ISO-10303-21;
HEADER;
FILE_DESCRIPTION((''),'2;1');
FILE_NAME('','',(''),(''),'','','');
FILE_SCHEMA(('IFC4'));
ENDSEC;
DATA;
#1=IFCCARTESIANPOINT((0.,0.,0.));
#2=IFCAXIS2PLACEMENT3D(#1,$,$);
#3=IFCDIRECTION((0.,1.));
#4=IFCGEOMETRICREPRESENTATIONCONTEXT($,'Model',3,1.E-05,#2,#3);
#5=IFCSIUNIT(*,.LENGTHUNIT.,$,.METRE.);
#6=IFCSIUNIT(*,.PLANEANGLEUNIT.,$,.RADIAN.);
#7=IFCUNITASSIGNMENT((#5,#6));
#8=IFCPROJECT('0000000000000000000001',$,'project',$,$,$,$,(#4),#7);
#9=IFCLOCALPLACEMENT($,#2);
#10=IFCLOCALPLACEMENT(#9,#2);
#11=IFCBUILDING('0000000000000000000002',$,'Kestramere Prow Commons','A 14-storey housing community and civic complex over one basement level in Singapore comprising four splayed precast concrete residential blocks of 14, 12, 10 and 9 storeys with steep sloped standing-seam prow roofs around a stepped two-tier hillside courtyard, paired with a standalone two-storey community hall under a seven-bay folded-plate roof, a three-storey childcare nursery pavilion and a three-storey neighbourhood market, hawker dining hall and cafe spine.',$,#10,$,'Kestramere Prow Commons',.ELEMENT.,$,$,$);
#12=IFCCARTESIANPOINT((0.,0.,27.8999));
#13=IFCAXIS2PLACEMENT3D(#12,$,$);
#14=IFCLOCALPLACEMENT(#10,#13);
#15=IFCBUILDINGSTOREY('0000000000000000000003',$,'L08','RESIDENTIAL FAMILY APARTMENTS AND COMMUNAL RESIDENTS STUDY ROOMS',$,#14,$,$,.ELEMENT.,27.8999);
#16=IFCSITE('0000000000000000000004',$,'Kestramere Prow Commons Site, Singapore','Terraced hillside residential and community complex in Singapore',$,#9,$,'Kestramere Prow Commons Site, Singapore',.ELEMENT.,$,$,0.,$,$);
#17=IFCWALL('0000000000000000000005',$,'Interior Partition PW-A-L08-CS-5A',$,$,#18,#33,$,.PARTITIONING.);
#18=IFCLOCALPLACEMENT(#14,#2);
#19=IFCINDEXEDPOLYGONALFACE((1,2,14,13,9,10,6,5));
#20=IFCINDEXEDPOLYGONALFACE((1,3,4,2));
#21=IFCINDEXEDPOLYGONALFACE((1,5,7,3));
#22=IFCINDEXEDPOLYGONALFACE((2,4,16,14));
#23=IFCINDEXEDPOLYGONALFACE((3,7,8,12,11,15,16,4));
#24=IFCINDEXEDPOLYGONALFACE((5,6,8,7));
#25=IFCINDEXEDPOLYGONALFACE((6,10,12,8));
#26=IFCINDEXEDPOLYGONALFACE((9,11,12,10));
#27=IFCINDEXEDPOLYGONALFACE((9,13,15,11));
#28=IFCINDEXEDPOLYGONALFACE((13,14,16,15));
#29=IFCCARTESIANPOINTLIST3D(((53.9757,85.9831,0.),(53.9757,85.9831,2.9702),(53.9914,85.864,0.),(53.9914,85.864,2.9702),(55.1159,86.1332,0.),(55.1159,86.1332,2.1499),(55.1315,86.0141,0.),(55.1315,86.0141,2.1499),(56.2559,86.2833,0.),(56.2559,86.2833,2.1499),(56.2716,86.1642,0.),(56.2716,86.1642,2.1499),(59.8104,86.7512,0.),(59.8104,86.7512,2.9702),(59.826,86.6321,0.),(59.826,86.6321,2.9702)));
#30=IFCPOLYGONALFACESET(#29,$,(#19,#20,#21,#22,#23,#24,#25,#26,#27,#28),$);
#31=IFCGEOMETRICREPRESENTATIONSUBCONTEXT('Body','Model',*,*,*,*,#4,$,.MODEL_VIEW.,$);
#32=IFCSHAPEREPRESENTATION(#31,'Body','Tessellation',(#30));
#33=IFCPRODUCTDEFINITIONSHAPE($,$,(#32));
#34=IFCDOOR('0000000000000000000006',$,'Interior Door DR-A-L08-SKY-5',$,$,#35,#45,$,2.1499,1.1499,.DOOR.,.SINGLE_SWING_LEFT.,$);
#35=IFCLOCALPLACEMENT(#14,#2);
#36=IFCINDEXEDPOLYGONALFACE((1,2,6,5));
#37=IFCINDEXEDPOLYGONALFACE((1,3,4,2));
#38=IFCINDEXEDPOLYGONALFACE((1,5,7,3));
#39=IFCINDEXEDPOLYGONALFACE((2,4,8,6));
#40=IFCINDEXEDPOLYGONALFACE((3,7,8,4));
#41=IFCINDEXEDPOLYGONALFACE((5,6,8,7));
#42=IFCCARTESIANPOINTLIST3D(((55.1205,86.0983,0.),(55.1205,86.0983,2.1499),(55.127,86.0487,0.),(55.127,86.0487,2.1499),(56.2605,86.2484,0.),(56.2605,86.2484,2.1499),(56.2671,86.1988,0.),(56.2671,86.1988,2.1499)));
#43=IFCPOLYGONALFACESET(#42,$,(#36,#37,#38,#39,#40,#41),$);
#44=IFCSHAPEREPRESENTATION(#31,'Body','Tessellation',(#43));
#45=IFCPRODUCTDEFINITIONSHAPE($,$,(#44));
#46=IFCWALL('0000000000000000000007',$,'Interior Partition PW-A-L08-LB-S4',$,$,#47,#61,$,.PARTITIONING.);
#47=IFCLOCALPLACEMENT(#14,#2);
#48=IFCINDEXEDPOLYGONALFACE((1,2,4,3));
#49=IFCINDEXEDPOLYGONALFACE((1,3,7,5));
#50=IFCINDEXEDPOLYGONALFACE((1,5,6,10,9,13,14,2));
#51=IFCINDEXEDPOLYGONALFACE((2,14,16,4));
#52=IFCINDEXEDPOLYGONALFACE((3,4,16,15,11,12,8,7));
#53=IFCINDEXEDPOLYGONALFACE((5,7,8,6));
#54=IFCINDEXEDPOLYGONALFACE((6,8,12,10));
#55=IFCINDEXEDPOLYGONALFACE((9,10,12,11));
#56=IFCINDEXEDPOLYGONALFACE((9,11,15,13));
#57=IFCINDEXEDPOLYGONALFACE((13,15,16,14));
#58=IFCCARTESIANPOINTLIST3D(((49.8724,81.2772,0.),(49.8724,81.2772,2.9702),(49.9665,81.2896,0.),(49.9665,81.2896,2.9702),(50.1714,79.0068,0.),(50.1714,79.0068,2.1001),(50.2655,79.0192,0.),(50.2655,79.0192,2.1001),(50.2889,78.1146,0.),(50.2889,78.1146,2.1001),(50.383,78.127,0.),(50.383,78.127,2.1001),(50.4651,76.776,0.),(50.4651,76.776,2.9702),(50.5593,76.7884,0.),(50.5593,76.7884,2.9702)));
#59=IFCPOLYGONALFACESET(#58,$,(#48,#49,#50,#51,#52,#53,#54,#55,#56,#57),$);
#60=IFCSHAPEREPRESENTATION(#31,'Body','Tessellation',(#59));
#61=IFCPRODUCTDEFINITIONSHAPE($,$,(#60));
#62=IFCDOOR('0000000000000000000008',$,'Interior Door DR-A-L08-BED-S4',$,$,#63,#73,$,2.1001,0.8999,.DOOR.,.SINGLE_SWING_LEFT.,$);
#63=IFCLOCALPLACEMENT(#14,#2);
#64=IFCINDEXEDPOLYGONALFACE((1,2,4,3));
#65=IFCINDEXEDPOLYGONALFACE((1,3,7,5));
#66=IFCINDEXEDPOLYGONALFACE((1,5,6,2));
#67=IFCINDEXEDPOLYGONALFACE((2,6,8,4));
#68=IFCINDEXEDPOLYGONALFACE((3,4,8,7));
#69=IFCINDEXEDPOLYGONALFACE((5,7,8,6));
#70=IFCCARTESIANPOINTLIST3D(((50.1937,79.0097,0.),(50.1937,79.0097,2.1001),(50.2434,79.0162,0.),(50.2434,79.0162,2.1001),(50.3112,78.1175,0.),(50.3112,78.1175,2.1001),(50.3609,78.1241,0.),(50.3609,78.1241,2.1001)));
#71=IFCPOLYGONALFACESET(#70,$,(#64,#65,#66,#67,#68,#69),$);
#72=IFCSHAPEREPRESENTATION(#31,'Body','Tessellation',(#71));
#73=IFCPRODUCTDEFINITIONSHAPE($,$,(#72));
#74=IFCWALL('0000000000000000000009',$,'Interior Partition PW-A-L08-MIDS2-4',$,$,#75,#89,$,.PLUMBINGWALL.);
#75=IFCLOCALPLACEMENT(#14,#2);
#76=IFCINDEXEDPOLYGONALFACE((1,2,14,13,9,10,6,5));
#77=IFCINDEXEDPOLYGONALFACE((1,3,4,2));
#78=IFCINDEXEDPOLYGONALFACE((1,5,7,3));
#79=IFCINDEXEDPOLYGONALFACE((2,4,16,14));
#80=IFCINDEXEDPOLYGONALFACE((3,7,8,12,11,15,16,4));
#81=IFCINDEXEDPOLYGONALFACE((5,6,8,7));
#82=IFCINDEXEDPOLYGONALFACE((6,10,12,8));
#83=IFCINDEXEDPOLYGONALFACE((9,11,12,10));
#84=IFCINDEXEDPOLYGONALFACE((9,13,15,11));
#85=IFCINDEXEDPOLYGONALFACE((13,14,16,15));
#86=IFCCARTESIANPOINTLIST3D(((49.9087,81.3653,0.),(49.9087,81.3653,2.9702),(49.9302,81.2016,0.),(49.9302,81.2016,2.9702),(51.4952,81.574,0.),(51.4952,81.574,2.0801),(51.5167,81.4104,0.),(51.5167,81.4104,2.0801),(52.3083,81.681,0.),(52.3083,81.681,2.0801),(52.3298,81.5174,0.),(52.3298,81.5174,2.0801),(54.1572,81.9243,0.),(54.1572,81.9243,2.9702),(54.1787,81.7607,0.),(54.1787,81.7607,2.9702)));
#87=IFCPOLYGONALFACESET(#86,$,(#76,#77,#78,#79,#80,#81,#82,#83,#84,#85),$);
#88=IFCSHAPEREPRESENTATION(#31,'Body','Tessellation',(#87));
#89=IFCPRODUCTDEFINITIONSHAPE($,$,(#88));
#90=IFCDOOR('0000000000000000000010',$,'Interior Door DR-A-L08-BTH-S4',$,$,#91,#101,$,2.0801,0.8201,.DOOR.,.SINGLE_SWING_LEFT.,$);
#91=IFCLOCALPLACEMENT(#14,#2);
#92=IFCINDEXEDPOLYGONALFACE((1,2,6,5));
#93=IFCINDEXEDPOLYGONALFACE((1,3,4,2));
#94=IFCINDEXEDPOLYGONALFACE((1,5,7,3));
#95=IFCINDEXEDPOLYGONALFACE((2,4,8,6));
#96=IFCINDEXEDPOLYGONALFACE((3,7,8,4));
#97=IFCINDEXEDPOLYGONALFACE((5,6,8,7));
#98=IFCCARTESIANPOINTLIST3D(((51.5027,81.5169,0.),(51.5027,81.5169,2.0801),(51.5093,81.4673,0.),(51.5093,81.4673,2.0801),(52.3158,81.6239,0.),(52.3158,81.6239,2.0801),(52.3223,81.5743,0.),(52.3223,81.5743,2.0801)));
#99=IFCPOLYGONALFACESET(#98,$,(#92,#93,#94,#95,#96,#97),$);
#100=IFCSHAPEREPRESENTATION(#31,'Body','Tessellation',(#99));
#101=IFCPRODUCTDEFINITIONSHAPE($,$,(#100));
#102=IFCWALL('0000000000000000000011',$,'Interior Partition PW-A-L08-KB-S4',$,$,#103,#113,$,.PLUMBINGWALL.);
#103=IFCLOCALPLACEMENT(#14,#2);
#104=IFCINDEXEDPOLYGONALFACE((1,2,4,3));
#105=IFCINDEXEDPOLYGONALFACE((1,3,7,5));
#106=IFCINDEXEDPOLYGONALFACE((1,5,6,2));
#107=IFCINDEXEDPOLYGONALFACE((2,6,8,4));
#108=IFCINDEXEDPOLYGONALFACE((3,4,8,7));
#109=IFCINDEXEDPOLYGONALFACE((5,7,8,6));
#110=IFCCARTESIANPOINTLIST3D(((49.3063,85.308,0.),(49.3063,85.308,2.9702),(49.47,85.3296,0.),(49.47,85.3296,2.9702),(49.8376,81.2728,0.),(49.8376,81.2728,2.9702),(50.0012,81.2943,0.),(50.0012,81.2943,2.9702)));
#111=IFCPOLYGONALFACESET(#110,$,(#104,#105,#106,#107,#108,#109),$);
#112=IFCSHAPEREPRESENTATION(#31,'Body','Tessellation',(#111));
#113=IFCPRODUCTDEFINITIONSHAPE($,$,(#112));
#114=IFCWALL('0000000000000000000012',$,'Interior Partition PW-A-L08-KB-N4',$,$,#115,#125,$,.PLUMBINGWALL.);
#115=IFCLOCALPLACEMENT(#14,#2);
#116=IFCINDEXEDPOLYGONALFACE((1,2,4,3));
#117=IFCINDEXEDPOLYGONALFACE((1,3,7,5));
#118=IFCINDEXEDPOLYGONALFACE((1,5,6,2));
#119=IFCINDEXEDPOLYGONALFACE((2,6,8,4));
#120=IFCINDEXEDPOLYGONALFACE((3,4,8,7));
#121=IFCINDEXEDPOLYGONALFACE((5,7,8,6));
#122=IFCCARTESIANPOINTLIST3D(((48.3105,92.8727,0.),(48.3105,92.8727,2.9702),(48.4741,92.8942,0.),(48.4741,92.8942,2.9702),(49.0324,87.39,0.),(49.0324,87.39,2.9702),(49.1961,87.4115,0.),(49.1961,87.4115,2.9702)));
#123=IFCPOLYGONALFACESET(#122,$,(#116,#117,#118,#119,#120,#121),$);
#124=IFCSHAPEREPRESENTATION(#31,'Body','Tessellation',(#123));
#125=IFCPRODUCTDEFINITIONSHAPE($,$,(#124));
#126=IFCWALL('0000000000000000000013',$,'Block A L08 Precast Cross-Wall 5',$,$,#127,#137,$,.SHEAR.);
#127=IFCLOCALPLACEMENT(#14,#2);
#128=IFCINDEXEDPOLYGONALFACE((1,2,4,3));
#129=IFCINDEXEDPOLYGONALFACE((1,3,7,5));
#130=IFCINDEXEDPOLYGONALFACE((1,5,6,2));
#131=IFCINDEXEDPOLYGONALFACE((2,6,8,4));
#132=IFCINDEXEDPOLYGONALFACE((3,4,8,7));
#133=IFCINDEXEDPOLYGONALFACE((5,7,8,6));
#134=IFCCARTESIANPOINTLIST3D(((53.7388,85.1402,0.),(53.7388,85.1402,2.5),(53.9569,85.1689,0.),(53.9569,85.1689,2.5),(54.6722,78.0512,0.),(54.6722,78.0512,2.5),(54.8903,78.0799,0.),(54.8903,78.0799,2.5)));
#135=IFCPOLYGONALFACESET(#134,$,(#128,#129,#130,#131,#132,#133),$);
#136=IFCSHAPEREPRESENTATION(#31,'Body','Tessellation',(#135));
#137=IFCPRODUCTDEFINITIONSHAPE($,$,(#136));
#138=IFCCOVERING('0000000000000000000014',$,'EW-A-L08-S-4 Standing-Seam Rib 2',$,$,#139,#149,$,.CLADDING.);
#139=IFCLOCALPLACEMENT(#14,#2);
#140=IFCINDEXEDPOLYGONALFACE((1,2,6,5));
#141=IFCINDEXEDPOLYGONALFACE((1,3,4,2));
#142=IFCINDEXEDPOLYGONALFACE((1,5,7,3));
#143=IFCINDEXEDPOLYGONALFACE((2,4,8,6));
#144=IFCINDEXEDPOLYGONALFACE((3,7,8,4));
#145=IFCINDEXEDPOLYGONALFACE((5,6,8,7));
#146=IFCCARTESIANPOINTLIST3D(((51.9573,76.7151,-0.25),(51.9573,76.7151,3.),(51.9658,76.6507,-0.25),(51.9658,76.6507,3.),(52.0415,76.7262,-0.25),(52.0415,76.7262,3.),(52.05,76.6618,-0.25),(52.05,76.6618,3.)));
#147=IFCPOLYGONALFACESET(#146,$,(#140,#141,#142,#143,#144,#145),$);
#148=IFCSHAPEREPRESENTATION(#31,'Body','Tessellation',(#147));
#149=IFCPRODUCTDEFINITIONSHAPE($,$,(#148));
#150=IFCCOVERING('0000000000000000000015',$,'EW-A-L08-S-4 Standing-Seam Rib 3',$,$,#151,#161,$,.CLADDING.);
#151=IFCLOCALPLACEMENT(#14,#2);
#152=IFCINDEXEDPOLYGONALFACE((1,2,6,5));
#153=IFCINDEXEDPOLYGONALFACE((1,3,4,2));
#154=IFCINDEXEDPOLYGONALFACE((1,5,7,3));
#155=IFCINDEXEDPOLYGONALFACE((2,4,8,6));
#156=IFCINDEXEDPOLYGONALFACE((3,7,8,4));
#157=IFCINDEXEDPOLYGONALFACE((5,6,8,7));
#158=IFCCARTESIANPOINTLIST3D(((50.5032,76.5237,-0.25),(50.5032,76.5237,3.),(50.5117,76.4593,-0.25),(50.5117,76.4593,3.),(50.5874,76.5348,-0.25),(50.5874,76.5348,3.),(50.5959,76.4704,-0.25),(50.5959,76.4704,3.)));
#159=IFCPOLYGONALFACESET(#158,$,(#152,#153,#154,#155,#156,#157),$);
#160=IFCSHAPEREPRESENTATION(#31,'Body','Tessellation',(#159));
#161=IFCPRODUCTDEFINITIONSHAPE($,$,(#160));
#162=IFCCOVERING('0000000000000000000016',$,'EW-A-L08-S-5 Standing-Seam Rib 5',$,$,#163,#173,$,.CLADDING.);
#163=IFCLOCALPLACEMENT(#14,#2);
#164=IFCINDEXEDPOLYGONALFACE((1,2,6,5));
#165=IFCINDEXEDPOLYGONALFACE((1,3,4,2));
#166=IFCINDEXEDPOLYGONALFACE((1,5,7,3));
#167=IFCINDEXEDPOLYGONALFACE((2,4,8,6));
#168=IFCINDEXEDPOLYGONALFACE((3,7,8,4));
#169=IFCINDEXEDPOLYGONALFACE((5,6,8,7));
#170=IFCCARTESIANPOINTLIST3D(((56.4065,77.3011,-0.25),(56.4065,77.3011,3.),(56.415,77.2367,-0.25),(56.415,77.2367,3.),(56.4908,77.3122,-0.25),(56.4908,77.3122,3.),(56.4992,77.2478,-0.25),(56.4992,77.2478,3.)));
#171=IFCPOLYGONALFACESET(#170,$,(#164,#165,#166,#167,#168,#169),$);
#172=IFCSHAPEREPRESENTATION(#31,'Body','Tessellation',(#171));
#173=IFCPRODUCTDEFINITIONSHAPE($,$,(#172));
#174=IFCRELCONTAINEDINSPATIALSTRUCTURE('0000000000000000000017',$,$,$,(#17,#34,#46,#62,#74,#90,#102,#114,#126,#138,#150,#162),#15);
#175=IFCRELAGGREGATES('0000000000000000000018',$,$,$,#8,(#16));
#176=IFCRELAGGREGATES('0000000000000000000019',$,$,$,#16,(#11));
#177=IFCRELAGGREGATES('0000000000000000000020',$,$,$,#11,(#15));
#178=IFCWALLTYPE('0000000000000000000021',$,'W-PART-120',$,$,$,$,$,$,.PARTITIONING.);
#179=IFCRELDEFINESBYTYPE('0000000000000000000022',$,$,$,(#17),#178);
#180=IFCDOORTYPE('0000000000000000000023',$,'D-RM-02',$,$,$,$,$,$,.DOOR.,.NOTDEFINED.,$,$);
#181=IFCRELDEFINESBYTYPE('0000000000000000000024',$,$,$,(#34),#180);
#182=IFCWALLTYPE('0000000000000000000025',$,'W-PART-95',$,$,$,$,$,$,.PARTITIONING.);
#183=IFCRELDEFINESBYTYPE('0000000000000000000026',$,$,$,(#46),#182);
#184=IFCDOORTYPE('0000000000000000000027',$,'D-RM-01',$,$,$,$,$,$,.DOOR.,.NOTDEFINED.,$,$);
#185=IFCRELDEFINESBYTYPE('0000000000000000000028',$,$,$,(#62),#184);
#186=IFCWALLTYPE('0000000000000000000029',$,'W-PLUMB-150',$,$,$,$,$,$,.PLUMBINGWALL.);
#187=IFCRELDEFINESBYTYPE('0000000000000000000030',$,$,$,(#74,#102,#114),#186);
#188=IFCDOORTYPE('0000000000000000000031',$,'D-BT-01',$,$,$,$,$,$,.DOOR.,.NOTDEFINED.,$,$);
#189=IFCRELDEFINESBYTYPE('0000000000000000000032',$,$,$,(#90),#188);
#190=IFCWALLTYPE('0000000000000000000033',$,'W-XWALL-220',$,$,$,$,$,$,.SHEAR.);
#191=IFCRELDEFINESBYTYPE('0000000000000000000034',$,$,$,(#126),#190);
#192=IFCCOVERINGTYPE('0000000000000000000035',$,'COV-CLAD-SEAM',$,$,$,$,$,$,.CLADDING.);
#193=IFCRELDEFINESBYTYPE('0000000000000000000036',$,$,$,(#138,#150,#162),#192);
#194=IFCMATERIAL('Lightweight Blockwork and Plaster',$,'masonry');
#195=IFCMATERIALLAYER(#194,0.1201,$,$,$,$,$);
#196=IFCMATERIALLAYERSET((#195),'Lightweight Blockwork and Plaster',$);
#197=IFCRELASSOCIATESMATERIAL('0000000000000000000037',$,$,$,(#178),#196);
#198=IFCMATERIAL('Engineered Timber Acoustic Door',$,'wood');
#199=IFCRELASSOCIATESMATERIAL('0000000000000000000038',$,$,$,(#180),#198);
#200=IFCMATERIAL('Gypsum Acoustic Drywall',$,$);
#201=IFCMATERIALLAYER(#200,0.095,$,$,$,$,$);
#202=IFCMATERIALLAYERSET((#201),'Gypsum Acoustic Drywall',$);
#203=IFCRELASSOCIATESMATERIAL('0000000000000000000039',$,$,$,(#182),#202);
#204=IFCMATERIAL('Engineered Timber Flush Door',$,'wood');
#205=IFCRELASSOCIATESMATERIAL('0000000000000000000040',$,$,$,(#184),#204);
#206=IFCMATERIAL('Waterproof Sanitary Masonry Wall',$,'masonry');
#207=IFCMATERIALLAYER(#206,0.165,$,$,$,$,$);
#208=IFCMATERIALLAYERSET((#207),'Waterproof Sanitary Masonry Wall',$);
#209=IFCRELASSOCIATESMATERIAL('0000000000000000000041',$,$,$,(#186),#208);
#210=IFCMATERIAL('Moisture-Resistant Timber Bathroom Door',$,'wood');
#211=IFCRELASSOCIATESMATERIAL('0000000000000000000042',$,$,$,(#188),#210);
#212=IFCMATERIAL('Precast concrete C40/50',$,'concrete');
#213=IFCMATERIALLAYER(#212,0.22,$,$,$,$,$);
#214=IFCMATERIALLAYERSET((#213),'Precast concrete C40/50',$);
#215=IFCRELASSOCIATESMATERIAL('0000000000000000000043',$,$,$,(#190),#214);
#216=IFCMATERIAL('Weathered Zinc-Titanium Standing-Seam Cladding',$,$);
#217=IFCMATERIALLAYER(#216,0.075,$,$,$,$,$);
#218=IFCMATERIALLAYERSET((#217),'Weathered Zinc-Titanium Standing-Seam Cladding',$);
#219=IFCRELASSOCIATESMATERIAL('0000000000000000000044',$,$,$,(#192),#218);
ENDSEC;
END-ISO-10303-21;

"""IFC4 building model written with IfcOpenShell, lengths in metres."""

from ifc_helpers import new_model, si_unit, direction, frame, frame_2d, origin, origin_2d, place, context, subcontext, project, spatial, rectangle, extrude, material, layer, layer_set, type_object, element, fill, save


model = new_model("IFC4")

# Units and contexts
model_context = context("Model", 3, precision=1e-05, world=origin(), true_north=direction((0.0, 1.0)))
body_context = subcontext(model_context, "Body", "Model", "MODEL_VIEW")
ifc_project = project(units=[si_unit("LENGTHUNIT", "METRE"), si_unit("PLANEANGLEUNIT", "RADIAN")], contexts=[model_context])

# Site, building, storey
site_placement = place(None, origin())
site = spatial("IfcSite", under=ifc_project, at=site_placement, Name="Kestramere Prow Commons Site, Singapore", Description="Terraced hillside residential and community complex in Singapore", LongName="Kestramere Prow Commons Site, Singapore", CompositionType="ELEMENT", RefElevation=0.0)
building_placement = place(site_placement, origin())
building = spatial("IfcBuilding", under=site, at=building_placement, Name="Kestramere Prow Commons", Description="A 14-storey housing community and civic complex over one basement level in Singapore comprising four splayed precast concrete residential blocks of 14, 12, 10 and 9 storeys with steep sloped standing-seam prow roofs around a stepped two-tier hillside courtyard, paired with a standalone two-storey community hall under a seven-bay folded-plate roof, a three-storey childcare nursery pavilion and a three-storey neighbourhood market, hawker dining hall and cafe spine.", LongName="Kestramere Prow Commons", CompositionType="ELEMENT")
storey_placement = place(building_placement, frame((0.0, 0.0, 27.8999)))
storey = spatial("IfcBuildingStorey", under=building, at=storey_placement, Name="L08", Description="RESIDENTIAL FAMILY APARTMENTS AND COMMUNAL RESIDENTS STUDY ROOMS", CompositionType="ELEMENT", Elevation=27.8999)

# Shared definitions
ifc_material_1 = material(Name="Precast concrete C40/50", Category="concrete")

# Walls, openings, doors
ifc_material_2 = material(Name="Lightweight Blockwork and Plaster", Category="masonry")
ifc_layer_1 = layer(ifc_material_2, 0.1201)
ifc_layer_set_1 = layer_set([ifc_layer_1], Name="Lightweight Blockwork and Plaster")
wall_type_1 = type_object("IfcWallType", Name="W-PART-120", PredefinedType="PARTITIONING", material=ifc_layer_set_1)
wall_1_placement = place(storey_placement, frame((53.9836, 85.9236, 0.0), z_axis=(0.0, 0.0, 1.0), x_axis=(0.991447, 0.130511, 0.0)))
wall_1 = element("IfcWall", 1, at=wall_1_placement, inside=storey, type_object=wall_type_1, Name="Interior Partition PW-A-L08-CS-5A", PredefinedType="PARTITIONING", context=body_context, shape_type="SweptSolid", body=[
    extrude(rectangle(XDim=5.885, YDim=0.1201, at=frame_2d((2.9424, 0.0))), origin(), (0.0, 0.0, 1.0), 2.9702),
])
opening_1_placement = place(wall_1_placement, frame((1.1499, 0.0, 0.0)))
opening_1 = element("IfcOpeningElement", 2, at=opening_1_placement, cuts=wall_1, PredefinedType="OPENING", context=body_context, shape_type="SweptSolid", body=[
    extrude(rectangle(XDim=1.1499, YDim=2.1499, at=frame_2d((0.575, 1.075))), frame((0.0, 0.075, 0.0), z_axis=(0.0, -1.0, 0.0), x_axis=(1.0, 0.0, 0.0)), (0.0, 0.0, 1.0), 0.1501),
])
ifc_material_3 = material(Name="Engineered Timber Acoustic Door", Category="wood")
door_type_1 = type_object("IfcDoorType", Name="D-RM-02", OperationType="NOTDEFINED", PredefinedType="DOOR", material=ifc_material_3)
door_1_placement = place(opening_1_placement, origin())
door_1 = element("IfcDoor", 3, at=door_1_placement, inside=storey, type_object=door_type_1, Name="Interior Door DR-A-L08-SKY-5", OperationType="SINGLE_SWING_LEFT", OverallHeight=2.1499, OverallWidth=1.1499, PredefinedType="DOOR", context=body_context, shape_type="SweptSolid", body=[
    extrude(rectangle(XDim=1.1499, YDim=2.1499, at=frame_2d((0.575, 1.075))), frame((0.0, 0.0249, 0.0), z_axis=(0.0, -1.0, 0.0), x_axis=(1.0, 0.0, 0.0)), (0.0, 0.0, 1.0), 0.05),
])
fill(opening_1, door_1)
ifc_material_4 = material(Name="Gypsum Acoustic Drywall")
ifc_layer_2 = layer(ifc_material_4, 0.095)
ifc_layer_set_2 = layer_set([ifc_layer_2], Name="Gypsum Acoustic Drywall")
wall_type_2 = type_object("IfcWallType", Name="W-PART-95", PredefinedType="PARTITIONING", material=ifc_layer_set_2)
wall_2_placement = place(storey_placement, frame((50.5122, 76.7822, 0.0), z_axis=(0.0, 0.0, 1.0), x_axis=(-0.130564, 0.99144, 0.0)))
wall_2 = element("IfcWall", 4, at=wall_2_placement, inside=storey, type_object=wall_type_2, Name="Interior Partition PW-A-L08-LB-S4", PredefinedType="PARTITIONING", context=body_context, shape_type="SweptSolid", body=[
    extrude(rectangle(XDim=4.54, YDim=0.095, at=frame_2d((2.27, 0.0))), origin(), (0.0, 0.0, 1.0), 2.9702),
])
opening_2_placement = place(wall_2_placement, frame((1.3501, 0.0, 0.0)))
opening_2 = element("IfcOpeningElement", 5, at=opening_2_placement, cuts=wall_2, PredefinedType="OPENING", context=body_context, shape_type="SweptSolid", body=[
    extrude(rectangle(XDim=0.8999, YDim=2.1001, at=frame_2d((0.45, 1.05))), frame((0.0, 0.0625, 0.0), z_axis=(0.0, -1.0, 0.0), x_axis=(1.0, 0.0, 0.0)), (0.0, 0.0, 1.0), 0.125),
])
ifc_material_5 = material(Name="Engineered Timber Flush Door", Category="wood")
door_type_2 = type_object("IfcDoorType", Name="D-RM-01", OperationType="NOTDEFINED", PredefinedType="DOOR", material=ifc_material_5)
door_2_placement = place(opening_2_placement, origin())
door_2 = element("IfcDoor", 6, at=door_2_placement, inside=storey, type_object=door_type_2, Name="Interior Door DR-A-L08-BED-S4", OperationType="SINGLE_SWING_LEFT", OverallHeight=2.1001, OverallWidth=0.8999, PredefinedType="DOOR", context=body_context, shape_type="SweptSolid", body=[
    extrude(rectangle(XDim=0.8999, YDim=2.1001, at=frame_2d((0.45, 1.05))), frame((0.0, 0.0249, 0.0), z_axis=(0.0, -1.0, 0.0), x_axis=(1.0, 0.0, 0.0)), (0.0, 0.0, 1.0), 0.05),
])
fill(opening_2, door_2)
ifc_material_6 = material(Name="Waterproof Sanitary Masonry Wall", Category="masonry")
ifc_layer_3 = layer(ifc_material_6, 0.165)
ifc_layer_set_3 = layer_set([ifc_layer_3], Name="Waterproof Sanitary Masonry Wall")
wall_type_3 = type_object("IfcWallType", Name="W-PLUMB-150", PredefinedType="PLUMBINGWALL", material=ifc_layer_set_3)
wall_3_placement = place(storey_placement, frame((49.9194, 81.2834, 0.0), z_axis=(0.0, 0.0, 1.0), x_axis=(0.991452, 0.130469, 0.0)))
wall_3 = element("IfcWall", 7, at=wall_3_placement, inside=storey, type_object=wall_type_3, Name="Interior Partition PW-A-L08-MIDS2-4", PredefinedType="PLUMBINGWALL", context=body_context, shape_type="SweptSolid", body=[
    extrude(rectangle(XDim=4.2852, YDim=0.165, at=frame_2d((2.1426, 0.0))), origin(), (0.0, 0.0, 1.0), 2.9702),
])
opening_3_placement = place(wall_3_placement, frame((1.6001, 0.0, 0.0)))
opening_3 = element("IfcOpeningElement", 8, at=opening_3_placement, cuts=wall_3, PredefinedType="OPENING", context=body_context, shape_type="SweptSolid", body=[
    extrude(rectangle(XDim=0.8201, YDim=2.0801, at=frame_2d((0.4102, 1.04))), frame((0.0, 0.0974, 0.0), z_axis=(0.0, -1.0, 0.0), x_axis=(1.0, 0.0, 0.0)), (0.0, 0.0, 1.0), 0.1951),
])
ifc_material_7 = material(Name="Moisture-Resistant Timber Bathroom Door", Category="wood")
door_type_3 = type_object("IfcDoorType", Name="D-BT-01", OperationType="NOTDEFINED", PredefinedType="DOOR", material=ifc_material_7)
door_3_placement = place(opening_3_placement, origin())
door_3 = element("IfcDoor", 9, at=door_3_placement, inside=storey, type_object=door_type_3, Name="Interior Door DR-A-L08-BTH-S4", OperationType="SINGLE_SWING_LEFT", OverallHeight=2.0801, OverallWidth=0.8201, PredefinedType="DOOR", context=body_context, shape_type="SweptSolid", body=[
    extrude(rectangle(XDim=0.8201, YDim=2.0801, at=frame_2d((0.4102, 1.04))), frame((0.0, 0.0249, 0.0), z_axis=(0.0, -1.0, 0.0), x_axis=(1.0, 0.0, 0.0)), (0.0, 0.0, 1.0), 0.05),
])
fill(opening_3, door_3)

# Walls
wall_4_placement = place(storey_placement, frame((49.9194, 81.2834, 0.0), z_axis=(0.0, 0.0, 1.0), x_axis=(-0.130529, 0.991444, 0.0)))
element("IfcWall", 10, at=wall_4_placement, inside=storey, type_object=wall_type_3, Name="Interior Partition PW-A-L08-KB-S4", PredefinedType="PLUMBINGWALL", context=body_context, shape_type="SweptSolid", body=[
    extrude(rectangle(XDim=4.0701, YDim=0.165, at=frame_2d((2.0352, 0.0))), origin(), (0.0, 0.0, 1.0), 2.9702),
])
wall_5_placement = place(storey_placement, frame((49.1143, 87.4006, 0.0), z_axis=(0.0, 0.0, 1.0), x_axis=(-0.130547, 0.991442, 0.0)))
element("IfcWall", 11, at=wall_5_placement, inside=storey, type_object=wall_type_3, Name="Interior Partition PW-A-L08-KB-N4", PredefinedType="PLUMBINGWALL", context=body_context, shape_type="SweptSolid", body=[
    extrude(rectangle(XDim=5.53, YDim=0.165, at=frame_2d((2.7651, 0.0))), origin(), (0.0, 0.0, 1.0), 2.9702),
])
ifc_layer_4 = layer(ifc_material_1, 0.22)
ifc_layer_set_4 = layer_set([ifc_layer_4], Name="Precast concrete C40/50")
wall_type_4 = type_object("IfcWallType", Name="W-XWALL-220", PredefinedType="SHEAR", material=ifc_layer_set_4)
wall_6_placement = place(storey_placement, frame((54.7812, 78.0654, 0.0), z_axis=(0.0, 0.0, 1.0), x_axis=(-0.130538, 0.991443, 0.0)))
element("IfcWall", 12, at=wall_6_placement, inside=storey, type_object=wall_type_4, Name="Block A L08 Precast Cross-Wall 5", PredefinedType="SHEAR", context=body_context, shape_type="SweptSolid", body=[
    extrude(rectangle(XDim=7.1501, YDim=0.22, at=frame_2d((3.5752, 0.0))), origin(), (0.0, 0.0, 1.0), 2.5),
])

# Coverings
ifc_material_8 = material(Name="Weathered Zinc-Titanium Standing-Seam Cladding")
ifc_layer_5 = layer(ifc_material_8, 0.075)
ifc_layer_set_5 = layer_set([ifc_layer_5], Name="Weathered Zinc-Titanium Standing-Seam Cladding")
covering_type = type_object("IfcCoveringType", Name="COV-CLAD-SEAM", PredefinedType="CLADDING", material=ifc_layer_set_5)
for number, where, z_axis, x_axis, name in (
    (13, (52.0037, 76.6885, -0.25), (0.0, 0.0, 1.0), (-0.991445, -0.130526, 0.0), "EW-A-L08-S-4 Standing-Seam Rib 2"),
    (14, (50.5496, 76.4971, -0.25), (0.0, 0.0, 1.0), (-0.991445, -0.130526, 0.0), "EW-A-L08-S-4 Standing-Seam Rib 3"),
    (15, (56.4529, 77.2744, -0.25), (0.0, 0.0, 1.0), (-0.991445, -0.130526, 0.0), "EW-A-L08-S-5 Standing-Seam Rib 5"),
):
    element("IfcCovering", number, at=place(storey_placement, frame(where, z_axis=z_axis, x_axis=x_axis)), inside=storey, type_object=covering_type, Name=name, PredefinedType="CLADDING", context=body_context, shape_type="SweptSolid", body=[
        extrude(rectangle(XDim=0.085, YDim=0.0649, at=origin_2d()), origin(), (0.0, 0.0, 1.0), 3.25),
    ])

save(model, "model.ifc")
